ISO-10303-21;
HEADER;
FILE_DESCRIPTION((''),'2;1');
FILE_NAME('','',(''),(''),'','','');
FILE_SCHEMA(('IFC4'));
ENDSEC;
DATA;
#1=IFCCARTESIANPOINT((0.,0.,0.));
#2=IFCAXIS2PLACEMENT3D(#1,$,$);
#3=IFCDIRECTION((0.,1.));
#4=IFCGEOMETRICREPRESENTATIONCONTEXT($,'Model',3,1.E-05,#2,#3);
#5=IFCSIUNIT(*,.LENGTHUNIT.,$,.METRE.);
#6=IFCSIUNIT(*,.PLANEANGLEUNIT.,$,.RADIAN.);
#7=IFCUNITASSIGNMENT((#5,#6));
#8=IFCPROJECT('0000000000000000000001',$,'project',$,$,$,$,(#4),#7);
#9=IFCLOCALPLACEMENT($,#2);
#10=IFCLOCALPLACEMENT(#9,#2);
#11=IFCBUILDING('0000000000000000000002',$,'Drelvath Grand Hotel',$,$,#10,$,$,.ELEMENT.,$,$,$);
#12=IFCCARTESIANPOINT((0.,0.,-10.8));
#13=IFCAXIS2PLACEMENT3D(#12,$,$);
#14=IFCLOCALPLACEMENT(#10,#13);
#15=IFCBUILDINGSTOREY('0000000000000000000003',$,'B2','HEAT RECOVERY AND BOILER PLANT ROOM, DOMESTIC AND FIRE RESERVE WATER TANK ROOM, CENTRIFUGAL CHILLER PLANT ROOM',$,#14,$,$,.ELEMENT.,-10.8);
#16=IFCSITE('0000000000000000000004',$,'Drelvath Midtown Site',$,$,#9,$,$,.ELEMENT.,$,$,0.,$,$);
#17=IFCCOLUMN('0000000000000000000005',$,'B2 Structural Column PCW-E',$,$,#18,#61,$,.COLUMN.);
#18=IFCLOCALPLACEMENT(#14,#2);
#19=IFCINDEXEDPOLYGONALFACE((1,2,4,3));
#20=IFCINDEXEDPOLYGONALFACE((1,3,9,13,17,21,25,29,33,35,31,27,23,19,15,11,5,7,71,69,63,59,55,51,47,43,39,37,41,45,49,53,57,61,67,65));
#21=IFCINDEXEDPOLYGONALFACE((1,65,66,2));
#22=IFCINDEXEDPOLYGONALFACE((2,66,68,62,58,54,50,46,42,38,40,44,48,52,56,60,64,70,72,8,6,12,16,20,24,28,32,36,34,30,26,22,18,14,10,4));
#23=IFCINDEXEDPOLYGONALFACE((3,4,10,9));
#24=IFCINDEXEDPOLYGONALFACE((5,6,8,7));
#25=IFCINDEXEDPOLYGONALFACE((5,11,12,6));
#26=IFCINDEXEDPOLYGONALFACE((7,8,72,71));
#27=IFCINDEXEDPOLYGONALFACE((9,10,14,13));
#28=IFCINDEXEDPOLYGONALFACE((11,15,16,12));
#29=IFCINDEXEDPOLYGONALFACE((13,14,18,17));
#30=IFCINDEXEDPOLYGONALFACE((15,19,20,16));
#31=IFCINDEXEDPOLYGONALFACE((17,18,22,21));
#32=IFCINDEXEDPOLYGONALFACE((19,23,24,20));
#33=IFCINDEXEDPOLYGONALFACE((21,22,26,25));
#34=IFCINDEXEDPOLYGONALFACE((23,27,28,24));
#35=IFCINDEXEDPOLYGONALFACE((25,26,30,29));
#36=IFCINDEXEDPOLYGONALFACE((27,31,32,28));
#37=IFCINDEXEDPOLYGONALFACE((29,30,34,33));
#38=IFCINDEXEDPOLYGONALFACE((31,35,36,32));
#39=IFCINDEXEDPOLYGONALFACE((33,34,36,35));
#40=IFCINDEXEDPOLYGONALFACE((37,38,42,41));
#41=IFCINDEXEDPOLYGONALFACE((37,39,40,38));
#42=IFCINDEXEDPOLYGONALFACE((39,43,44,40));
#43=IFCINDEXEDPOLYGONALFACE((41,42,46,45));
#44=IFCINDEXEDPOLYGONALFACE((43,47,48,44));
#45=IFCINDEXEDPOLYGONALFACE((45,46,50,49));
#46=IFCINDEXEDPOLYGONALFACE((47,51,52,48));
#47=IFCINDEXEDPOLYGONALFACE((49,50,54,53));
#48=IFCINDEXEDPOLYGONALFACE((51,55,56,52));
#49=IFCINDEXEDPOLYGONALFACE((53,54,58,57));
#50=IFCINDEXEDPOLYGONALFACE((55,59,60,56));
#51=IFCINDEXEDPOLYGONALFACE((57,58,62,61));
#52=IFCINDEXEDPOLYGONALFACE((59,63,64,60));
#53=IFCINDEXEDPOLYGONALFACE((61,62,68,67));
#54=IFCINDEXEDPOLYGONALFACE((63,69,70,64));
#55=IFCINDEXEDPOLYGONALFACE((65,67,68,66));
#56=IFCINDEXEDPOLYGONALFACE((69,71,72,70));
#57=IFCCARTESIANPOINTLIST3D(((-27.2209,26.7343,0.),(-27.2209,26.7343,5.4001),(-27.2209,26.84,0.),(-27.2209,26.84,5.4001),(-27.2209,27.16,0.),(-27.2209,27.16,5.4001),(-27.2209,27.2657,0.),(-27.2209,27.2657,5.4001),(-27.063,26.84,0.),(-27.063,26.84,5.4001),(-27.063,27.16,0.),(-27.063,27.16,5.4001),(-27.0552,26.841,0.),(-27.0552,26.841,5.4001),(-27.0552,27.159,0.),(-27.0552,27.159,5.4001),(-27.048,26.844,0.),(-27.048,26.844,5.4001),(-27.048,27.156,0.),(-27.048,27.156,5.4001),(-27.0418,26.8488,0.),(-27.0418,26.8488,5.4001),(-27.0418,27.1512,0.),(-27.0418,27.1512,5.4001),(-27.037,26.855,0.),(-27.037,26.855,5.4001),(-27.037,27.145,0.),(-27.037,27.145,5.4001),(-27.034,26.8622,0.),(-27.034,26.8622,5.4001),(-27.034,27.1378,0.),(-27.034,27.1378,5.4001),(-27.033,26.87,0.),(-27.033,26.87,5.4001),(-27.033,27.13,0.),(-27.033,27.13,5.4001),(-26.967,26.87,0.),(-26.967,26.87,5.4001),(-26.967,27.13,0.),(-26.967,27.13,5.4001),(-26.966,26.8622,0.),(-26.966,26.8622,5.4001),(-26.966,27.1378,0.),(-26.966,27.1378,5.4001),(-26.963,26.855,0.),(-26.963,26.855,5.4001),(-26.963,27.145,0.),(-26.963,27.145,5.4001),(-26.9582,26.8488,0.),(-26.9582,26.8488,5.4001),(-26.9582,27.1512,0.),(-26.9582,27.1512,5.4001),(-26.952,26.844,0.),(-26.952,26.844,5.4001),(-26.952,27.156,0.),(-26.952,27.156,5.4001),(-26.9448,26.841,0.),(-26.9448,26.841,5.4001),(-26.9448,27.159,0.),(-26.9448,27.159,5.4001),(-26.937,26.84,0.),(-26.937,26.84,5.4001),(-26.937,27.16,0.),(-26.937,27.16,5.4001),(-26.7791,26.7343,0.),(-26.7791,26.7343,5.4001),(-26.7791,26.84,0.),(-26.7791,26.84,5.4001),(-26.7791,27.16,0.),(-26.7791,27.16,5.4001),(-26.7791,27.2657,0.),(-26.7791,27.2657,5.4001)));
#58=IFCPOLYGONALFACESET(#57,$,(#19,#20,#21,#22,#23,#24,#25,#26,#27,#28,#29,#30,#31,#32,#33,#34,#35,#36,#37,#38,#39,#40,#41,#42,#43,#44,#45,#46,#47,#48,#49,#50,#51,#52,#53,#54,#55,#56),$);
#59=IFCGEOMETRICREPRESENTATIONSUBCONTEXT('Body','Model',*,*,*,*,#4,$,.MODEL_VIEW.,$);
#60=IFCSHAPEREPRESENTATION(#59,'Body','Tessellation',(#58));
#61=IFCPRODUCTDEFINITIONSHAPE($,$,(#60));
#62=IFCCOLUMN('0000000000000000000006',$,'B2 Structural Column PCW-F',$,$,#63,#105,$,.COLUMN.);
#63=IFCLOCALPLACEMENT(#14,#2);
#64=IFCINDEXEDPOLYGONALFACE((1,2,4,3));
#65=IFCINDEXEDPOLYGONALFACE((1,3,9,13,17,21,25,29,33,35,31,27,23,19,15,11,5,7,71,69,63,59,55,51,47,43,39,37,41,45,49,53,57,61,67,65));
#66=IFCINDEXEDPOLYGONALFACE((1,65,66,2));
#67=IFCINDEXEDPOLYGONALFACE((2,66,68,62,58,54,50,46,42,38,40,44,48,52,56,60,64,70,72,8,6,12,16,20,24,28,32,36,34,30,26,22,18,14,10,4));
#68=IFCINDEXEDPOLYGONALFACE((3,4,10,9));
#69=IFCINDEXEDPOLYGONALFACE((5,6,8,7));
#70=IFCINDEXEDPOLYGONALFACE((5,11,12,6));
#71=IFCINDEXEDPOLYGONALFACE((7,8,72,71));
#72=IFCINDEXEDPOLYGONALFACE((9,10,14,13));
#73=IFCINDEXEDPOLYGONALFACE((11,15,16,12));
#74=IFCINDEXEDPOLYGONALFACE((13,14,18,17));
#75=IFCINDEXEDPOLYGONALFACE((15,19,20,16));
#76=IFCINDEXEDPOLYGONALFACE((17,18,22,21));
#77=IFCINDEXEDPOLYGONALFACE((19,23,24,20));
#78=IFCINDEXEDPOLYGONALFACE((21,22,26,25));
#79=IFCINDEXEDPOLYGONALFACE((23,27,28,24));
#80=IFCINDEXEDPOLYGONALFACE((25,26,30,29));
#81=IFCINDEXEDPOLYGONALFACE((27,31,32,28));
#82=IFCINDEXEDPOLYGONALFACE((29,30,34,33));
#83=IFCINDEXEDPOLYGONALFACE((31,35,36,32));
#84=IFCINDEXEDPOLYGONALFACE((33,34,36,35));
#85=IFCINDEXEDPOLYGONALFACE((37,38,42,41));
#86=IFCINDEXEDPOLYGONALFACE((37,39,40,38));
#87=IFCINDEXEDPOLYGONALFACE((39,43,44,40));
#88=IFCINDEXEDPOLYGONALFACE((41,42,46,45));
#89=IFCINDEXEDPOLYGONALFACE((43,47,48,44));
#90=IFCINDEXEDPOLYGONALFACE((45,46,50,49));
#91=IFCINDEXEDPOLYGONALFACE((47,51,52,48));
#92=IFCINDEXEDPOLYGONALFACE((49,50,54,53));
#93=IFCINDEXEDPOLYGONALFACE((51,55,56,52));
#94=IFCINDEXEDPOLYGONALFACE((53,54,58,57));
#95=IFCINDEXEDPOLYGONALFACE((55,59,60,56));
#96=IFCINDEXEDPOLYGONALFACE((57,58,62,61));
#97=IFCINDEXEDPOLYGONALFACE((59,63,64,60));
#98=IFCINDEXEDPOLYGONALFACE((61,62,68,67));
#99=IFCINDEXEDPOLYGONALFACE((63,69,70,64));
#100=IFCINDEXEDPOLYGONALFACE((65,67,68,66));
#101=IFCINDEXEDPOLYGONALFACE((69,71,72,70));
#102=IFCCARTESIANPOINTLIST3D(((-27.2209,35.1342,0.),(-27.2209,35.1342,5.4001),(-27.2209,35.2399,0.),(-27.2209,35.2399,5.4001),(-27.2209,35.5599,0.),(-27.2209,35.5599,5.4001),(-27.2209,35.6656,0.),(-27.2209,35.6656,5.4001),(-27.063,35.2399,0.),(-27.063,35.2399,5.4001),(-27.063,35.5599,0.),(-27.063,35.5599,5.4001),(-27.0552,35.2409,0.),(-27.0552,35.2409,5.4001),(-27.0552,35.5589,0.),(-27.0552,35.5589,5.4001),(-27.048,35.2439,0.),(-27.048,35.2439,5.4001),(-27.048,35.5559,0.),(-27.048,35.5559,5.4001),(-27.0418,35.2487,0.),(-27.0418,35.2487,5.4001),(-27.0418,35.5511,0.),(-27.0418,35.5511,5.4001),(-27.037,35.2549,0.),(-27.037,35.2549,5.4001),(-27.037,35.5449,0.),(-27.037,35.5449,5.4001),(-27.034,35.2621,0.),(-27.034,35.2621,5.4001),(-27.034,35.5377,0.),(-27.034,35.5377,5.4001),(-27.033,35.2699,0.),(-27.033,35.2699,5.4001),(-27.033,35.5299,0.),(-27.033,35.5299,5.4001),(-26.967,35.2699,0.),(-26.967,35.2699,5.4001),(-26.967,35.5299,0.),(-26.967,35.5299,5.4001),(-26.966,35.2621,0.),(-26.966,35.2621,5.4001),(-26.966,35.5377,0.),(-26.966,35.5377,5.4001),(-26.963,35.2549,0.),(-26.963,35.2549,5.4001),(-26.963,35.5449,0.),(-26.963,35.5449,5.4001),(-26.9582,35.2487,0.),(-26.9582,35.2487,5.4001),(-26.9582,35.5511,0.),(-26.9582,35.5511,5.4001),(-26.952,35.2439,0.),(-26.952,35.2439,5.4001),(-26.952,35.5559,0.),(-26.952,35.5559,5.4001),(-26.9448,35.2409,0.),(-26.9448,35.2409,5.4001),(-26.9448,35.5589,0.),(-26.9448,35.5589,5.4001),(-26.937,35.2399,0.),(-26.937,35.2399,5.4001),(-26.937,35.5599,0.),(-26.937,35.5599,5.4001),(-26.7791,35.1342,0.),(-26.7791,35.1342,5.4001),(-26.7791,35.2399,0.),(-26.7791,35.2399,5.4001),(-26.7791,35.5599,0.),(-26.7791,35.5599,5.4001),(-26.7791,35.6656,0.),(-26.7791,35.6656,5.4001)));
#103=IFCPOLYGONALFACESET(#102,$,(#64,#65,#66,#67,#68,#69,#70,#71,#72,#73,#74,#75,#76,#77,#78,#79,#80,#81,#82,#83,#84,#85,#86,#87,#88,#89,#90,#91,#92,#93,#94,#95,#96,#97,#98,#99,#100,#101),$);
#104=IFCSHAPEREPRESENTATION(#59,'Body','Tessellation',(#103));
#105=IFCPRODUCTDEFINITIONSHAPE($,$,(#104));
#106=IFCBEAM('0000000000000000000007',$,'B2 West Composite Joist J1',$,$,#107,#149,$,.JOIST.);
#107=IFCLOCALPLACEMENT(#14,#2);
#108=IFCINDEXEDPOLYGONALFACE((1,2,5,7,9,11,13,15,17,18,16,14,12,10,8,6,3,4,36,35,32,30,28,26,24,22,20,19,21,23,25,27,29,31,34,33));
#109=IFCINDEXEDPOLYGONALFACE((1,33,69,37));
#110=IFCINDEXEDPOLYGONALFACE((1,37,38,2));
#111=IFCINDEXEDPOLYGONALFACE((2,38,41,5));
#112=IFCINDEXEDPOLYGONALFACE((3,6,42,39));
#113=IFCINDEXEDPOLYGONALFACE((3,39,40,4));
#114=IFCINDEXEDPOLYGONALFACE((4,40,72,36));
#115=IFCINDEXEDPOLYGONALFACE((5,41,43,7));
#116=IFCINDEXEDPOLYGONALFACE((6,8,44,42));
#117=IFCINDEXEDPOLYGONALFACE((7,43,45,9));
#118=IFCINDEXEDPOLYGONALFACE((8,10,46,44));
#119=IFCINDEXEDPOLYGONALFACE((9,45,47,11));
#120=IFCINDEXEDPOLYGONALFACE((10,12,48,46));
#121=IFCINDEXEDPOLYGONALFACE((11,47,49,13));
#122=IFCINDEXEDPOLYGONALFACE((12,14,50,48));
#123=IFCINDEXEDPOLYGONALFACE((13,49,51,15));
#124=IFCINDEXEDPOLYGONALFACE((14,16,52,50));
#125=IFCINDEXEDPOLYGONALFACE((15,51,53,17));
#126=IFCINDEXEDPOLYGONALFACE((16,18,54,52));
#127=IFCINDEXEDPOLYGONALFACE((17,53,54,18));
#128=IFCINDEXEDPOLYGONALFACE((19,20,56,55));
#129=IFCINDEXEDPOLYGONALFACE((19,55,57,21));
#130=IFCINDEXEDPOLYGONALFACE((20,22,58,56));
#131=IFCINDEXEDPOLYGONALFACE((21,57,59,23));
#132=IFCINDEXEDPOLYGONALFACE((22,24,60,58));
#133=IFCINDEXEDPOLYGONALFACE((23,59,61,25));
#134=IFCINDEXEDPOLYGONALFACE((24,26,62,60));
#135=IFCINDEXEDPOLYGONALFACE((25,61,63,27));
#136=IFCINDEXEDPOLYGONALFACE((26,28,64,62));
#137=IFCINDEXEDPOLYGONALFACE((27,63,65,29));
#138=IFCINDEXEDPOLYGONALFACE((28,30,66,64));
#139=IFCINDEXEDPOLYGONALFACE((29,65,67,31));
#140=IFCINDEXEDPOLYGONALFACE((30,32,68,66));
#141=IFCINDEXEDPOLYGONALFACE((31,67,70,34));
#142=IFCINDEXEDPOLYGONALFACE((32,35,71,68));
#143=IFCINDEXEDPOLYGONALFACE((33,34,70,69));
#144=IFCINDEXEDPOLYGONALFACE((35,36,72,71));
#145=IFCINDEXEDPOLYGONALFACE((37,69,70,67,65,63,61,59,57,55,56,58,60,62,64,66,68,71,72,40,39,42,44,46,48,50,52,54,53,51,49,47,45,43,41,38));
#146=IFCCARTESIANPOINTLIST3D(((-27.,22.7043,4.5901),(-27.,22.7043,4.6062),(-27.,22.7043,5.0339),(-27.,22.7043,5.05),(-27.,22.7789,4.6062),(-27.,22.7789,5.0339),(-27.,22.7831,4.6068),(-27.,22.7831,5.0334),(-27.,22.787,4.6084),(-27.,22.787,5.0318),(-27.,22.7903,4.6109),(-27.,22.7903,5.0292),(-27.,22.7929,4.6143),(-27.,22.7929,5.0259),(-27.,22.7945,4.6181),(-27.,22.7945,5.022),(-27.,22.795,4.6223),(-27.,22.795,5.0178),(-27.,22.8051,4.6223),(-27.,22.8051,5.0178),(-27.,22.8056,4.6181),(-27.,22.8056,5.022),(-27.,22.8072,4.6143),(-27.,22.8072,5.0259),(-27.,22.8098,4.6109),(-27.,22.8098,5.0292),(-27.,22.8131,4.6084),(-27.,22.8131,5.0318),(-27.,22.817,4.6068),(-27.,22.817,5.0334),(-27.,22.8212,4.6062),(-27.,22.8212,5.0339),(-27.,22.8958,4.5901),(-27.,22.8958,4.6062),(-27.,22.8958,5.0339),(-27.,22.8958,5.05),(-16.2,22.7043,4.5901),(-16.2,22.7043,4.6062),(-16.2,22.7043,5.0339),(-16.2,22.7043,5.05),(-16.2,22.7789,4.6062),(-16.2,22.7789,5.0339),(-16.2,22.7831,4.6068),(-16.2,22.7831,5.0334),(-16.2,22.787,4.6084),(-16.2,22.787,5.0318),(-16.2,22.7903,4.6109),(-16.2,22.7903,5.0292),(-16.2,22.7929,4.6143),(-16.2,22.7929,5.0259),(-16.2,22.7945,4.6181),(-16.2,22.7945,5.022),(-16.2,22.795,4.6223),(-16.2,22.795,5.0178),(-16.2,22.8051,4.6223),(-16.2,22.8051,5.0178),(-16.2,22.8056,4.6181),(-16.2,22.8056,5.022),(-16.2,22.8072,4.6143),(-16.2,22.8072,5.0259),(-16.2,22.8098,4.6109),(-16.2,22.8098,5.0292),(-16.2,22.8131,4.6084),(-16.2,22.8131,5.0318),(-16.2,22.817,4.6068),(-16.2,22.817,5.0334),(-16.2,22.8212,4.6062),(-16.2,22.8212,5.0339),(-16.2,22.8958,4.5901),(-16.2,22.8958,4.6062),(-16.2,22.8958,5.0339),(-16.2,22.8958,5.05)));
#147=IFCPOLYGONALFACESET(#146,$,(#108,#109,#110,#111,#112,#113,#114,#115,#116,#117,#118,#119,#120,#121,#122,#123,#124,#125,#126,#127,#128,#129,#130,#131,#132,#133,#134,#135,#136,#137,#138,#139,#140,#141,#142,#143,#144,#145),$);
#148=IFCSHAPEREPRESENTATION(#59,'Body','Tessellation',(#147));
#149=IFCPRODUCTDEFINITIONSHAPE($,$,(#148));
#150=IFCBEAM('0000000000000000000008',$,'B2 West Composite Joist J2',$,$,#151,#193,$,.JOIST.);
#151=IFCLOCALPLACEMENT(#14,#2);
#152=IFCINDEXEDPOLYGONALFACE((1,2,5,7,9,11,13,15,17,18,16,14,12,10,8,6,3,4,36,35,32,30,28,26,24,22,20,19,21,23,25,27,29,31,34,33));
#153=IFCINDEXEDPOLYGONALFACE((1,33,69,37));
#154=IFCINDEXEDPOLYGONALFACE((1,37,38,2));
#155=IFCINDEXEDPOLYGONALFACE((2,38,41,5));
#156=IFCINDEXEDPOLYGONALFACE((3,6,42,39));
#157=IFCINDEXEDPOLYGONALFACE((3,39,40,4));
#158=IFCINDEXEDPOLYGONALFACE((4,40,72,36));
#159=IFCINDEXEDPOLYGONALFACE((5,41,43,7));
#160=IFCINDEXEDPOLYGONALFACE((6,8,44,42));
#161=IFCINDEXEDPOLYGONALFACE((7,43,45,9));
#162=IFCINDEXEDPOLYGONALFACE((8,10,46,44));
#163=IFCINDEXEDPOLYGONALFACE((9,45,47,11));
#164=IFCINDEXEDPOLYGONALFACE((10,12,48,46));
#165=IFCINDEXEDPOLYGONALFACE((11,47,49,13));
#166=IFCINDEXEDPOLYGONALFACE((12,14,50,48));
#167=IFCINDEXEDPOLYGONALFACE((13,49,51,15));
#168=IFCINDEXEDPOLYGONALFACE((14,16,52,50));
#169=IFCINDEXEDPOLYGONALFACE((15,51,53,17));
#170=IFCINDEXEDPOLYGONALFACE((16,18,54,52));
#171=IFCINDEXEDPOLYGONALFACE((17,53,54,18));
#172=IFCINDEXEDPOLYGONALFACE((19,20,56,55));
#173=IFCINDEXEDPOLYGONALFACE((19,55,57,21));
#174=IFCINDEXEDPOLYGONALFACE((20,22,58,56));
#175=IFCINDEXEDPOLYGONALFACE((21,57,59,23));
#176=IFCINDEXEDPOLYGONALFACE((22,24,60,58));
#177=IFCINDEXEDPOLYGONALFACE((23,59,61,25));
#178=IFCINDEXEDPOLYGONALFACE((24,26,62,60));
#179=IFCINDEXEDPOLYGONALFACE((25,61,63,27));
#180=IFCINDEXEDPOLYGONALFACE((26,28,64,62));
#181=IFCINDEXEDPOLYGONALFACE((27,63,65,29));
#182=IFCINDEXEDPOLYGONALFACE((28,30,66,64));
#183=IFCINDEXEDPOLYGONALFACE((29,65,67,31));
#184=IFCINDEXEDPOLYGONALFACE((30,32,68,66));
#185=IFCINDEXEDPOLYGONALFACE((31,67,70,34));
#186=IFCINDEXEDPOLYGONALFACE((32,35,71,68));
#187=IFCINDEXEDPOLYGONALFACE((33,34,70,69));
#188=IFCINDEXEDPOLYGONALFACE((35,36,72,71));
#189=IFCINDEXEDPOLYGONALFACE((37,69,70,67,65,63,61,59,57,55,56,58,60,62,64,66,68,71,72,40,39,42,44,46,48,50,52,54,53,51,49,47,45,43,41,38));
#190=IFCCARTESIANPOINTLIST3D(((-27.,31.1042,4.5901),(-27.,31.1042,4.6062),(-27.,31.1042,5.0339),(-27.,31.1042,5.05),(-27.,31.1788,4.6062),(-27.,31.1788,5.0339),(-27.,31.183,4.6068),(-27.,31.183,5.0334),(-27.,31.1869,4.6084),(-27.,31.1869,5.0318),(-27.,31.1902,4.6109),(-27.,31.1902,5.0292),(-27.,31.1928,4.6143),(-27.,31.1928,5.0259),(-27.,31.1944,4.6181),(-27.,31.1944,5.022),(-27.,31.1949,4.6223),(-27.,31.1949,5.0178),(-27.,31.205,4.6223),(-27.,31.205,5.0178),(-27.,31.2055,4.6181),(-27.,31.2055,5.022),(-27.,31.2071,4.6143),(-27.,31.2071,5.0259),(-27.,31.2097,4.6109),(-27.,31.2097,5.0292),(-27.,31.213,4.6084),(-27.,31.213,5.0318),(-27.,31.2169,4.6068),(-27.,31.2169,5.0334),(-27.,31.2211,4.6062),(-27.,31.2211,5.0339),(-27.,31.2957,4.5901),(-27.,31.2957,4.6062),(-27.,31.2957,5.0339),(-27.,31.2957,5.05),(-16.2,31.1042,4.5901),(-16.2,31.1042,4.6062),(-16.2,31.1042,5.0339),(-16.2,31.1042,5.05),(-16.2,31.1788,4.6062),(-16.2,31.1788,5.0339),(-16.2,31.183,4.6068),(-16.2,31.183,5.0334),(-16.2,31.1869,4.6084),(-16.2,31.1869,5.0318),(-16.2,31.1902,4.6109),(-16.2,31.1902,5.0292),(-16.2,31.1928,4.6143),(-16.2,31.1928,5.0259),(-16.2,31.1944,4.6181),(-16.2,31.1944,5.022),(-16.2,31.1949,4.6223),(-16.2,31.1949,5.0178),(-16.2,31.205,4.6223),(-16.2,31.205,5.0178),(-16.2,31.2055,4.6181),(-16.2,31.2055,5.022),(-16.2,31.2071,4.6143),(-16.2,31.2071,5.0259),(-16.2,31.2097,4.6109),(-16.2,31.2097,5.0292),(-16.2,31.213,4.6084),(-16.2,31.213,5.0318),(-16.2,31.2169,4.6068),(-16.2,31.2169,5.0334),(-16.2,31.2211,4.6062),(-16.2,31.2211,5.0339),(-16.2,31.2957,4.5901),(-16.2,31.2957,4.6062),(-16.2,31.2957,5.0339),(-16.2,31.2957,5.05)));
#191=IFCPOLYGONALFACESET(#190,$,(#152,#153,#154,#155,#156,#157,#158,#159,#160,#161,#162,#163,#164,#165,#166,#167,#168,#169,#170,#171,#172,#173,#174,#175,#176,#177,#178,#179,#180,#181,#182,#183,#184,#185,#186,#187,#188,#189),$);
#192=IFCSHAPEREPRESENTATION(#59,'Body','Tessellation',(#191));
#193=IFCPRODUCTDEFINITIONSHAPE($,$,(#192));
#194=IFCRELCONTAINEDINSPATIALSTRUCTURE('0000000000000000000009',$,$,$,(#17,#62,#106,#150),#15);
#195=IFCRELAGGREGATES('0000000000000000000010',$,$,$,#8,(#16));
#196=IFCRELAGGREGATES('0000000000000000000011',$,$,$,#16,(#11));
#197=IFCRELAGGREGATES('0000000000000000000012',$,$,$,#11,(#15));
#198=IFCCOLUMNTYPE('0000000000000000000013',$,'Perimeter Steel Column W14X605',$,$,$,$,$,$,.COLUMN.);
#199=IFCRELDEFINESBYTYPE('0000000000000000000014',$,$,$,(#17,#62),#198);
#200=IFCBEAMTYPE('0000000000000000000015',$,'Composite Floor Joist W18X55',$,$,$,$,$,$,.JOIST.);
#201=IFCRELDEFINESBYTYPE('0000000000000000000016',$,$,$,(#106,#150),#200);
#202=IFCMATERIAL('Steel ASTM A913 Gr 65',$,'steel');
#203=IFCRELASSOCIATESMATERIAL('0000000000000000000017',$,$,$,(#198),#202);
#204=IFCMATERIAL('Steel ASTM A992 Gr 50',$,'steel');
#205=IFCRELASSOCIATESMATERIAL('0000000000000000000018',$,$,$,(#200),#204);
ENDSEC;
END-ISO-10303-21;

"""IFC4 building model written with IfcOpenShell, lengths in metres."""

from ifc_helpers import new_model, si_unit, direction, frame, origin, origin_2d, place, context, subcontext, project, spatial, i_section, extrude, material, material_profile, profile_set, type_object, element, save


model = new_model("IFC4")

# Units and contexts
model_context = context("Model", 3, precision=1e-05, world=origin(), true_north=direction((0.0, 1.0)))
body_context = subcontext(model_context, "Body", "Model", "MODEL_VIEW")
ifc_project = project(units=[si_unit("LENGTHUNIT", "METRE"), si_unit("PLANEANGLEUNIT", "RADIAN")], contexts=[model_context])

# Site, building, storey
site_placement = place(None, origin())
site = spatial("IfcSite", under=ifc_project, at=site_placement, Name="Drelvath Midtown Site", CompositionType="ELEMENT", RefElevation=0.0)
building_placement = place(site_placement, origin())
building = spatial("IfcBuilding", under=site, at=building_placement, Name="Drelvath Grand Hotel", CompositionType="ELEMENT")
storey_placement = place(building_placement, frame((0.0, 0.0, -10.8)))
storey = spatial("IfcBuildingStorey", under=building, at=storey_placement, Name="B2", Description="HEAT RECOVERY AND BOILER PLANT ROOM, DOMESTIC AND FIRE RESERVE WATER TANK ROOM, CENTRIFUGAL CHILLER PLANT ROOM", CompositionType="ELEMENT", Elevation=-10.8)

# Columns
ifc_material_1 = material(Name="Steel ASTM A913 Gr 65", Category="steel")
ifc_material_profile_1 = material_profile(ifc_material_1, i_section(OverallWidth=0.4419, OverallDepth=0.5315, WebThickness=0.0659, FlangeThickness=0.1057, FilletRadius=0.03, at=origin_2d()), Name="W14X605")
ifc_profile_set_1 = profile_set([ifc_material_profile_1], Name="Steel ASTM A913 Gr 65")
column_type = type_object("IfcColumnType", Name="Perimeter Steel Column W14X605", PredefinedType="COLUMN", material=ifc_profile_set_1)
for number, where, z_axis, x_axis, name in (
    (1, (-27.0, 27.0, 0.0), (0.0, 0.0, 1.0), (1.0, 0.0, 0.0), "B2 Structural Column PCW-E"),
    (2, (-27.0, 35.3999, 0.0), (0.0, 0.0, 1.0), (1.0, 0.0, 0.0), "B2 Structural Column PCW-F"),
):
    element("IfcColumn", number, at=place(storey_placement, frame(where, z_axis=z_axis, x_axis=x_axis)), inside=storey, type_object=column_type, Name=name, PredefinedType="COLUMN", context=body_context, shape_type="SweptSolid", body=[
        extrude(i_section(OverallWidth=0.4419, OverallDepth=0.5315, WebThickness=0.0659, FlangeThickness=0.1057, FilletRadius=0.03, at=origin_2d()), origin(), (0.0, 0.0, 1.0), 5.4001),
    ])

# Beams
ifc_material_2 = material(Name="Steel ASTM A992 Gr 50", Category="steel")
ifc_material_profile_2 = material_profile(ifc_material_2, i_section(OverallWidth=0.1914, OverallDepth=0.46, WebThickness=0.01, FlangeThickness=0.0161, FilletRadius=0.0161, at=origin_2d()), Name="W18X55")
ifc_profile_set_2 = profile_set([ifc_material_profile_2], Name="Steel ASTM A992 Gr 50")
beam_type_1 = type_object("IfcBeamType", Name="Composite Floor Joist W18X55", PredefinedType="JOIST", material=ifc_profile_set_2)
for number, where, z_axis, x_axis, name in (
    (3, (-27.0, 22.8, 4.8201), (1.0, 0.0, 0.0), (0.0, 1.0, 0.0), "B2 West Composite Joist J1"),
    (4, (-27.0, 31.2, 4.8201), (1.0, 0.0, 0.0), (0.0, 1.0, 0.0), "B2 West Composite Joist J2"),
):
    element("IfcBeam", number, at=place(storey_placement, frame(where, z_axis=z_axis, x_axis=x_axis)), inside=storey, type_object=beam_type_1, Name=name, PredefinedType="JOIST", context=body_context, shape_type="SweptSolid", body=[
        extrude(i_section(OverallWidth=0.1914, OverallDepth=0.46, WebThickness=0.01, FlangeThickness=0.0161, FilletRadius=0.0161, at=origin_2d()), origin(), (0.0, 0.0, 1.0), 10.8),
    ])

save(model, "model.ifc")
